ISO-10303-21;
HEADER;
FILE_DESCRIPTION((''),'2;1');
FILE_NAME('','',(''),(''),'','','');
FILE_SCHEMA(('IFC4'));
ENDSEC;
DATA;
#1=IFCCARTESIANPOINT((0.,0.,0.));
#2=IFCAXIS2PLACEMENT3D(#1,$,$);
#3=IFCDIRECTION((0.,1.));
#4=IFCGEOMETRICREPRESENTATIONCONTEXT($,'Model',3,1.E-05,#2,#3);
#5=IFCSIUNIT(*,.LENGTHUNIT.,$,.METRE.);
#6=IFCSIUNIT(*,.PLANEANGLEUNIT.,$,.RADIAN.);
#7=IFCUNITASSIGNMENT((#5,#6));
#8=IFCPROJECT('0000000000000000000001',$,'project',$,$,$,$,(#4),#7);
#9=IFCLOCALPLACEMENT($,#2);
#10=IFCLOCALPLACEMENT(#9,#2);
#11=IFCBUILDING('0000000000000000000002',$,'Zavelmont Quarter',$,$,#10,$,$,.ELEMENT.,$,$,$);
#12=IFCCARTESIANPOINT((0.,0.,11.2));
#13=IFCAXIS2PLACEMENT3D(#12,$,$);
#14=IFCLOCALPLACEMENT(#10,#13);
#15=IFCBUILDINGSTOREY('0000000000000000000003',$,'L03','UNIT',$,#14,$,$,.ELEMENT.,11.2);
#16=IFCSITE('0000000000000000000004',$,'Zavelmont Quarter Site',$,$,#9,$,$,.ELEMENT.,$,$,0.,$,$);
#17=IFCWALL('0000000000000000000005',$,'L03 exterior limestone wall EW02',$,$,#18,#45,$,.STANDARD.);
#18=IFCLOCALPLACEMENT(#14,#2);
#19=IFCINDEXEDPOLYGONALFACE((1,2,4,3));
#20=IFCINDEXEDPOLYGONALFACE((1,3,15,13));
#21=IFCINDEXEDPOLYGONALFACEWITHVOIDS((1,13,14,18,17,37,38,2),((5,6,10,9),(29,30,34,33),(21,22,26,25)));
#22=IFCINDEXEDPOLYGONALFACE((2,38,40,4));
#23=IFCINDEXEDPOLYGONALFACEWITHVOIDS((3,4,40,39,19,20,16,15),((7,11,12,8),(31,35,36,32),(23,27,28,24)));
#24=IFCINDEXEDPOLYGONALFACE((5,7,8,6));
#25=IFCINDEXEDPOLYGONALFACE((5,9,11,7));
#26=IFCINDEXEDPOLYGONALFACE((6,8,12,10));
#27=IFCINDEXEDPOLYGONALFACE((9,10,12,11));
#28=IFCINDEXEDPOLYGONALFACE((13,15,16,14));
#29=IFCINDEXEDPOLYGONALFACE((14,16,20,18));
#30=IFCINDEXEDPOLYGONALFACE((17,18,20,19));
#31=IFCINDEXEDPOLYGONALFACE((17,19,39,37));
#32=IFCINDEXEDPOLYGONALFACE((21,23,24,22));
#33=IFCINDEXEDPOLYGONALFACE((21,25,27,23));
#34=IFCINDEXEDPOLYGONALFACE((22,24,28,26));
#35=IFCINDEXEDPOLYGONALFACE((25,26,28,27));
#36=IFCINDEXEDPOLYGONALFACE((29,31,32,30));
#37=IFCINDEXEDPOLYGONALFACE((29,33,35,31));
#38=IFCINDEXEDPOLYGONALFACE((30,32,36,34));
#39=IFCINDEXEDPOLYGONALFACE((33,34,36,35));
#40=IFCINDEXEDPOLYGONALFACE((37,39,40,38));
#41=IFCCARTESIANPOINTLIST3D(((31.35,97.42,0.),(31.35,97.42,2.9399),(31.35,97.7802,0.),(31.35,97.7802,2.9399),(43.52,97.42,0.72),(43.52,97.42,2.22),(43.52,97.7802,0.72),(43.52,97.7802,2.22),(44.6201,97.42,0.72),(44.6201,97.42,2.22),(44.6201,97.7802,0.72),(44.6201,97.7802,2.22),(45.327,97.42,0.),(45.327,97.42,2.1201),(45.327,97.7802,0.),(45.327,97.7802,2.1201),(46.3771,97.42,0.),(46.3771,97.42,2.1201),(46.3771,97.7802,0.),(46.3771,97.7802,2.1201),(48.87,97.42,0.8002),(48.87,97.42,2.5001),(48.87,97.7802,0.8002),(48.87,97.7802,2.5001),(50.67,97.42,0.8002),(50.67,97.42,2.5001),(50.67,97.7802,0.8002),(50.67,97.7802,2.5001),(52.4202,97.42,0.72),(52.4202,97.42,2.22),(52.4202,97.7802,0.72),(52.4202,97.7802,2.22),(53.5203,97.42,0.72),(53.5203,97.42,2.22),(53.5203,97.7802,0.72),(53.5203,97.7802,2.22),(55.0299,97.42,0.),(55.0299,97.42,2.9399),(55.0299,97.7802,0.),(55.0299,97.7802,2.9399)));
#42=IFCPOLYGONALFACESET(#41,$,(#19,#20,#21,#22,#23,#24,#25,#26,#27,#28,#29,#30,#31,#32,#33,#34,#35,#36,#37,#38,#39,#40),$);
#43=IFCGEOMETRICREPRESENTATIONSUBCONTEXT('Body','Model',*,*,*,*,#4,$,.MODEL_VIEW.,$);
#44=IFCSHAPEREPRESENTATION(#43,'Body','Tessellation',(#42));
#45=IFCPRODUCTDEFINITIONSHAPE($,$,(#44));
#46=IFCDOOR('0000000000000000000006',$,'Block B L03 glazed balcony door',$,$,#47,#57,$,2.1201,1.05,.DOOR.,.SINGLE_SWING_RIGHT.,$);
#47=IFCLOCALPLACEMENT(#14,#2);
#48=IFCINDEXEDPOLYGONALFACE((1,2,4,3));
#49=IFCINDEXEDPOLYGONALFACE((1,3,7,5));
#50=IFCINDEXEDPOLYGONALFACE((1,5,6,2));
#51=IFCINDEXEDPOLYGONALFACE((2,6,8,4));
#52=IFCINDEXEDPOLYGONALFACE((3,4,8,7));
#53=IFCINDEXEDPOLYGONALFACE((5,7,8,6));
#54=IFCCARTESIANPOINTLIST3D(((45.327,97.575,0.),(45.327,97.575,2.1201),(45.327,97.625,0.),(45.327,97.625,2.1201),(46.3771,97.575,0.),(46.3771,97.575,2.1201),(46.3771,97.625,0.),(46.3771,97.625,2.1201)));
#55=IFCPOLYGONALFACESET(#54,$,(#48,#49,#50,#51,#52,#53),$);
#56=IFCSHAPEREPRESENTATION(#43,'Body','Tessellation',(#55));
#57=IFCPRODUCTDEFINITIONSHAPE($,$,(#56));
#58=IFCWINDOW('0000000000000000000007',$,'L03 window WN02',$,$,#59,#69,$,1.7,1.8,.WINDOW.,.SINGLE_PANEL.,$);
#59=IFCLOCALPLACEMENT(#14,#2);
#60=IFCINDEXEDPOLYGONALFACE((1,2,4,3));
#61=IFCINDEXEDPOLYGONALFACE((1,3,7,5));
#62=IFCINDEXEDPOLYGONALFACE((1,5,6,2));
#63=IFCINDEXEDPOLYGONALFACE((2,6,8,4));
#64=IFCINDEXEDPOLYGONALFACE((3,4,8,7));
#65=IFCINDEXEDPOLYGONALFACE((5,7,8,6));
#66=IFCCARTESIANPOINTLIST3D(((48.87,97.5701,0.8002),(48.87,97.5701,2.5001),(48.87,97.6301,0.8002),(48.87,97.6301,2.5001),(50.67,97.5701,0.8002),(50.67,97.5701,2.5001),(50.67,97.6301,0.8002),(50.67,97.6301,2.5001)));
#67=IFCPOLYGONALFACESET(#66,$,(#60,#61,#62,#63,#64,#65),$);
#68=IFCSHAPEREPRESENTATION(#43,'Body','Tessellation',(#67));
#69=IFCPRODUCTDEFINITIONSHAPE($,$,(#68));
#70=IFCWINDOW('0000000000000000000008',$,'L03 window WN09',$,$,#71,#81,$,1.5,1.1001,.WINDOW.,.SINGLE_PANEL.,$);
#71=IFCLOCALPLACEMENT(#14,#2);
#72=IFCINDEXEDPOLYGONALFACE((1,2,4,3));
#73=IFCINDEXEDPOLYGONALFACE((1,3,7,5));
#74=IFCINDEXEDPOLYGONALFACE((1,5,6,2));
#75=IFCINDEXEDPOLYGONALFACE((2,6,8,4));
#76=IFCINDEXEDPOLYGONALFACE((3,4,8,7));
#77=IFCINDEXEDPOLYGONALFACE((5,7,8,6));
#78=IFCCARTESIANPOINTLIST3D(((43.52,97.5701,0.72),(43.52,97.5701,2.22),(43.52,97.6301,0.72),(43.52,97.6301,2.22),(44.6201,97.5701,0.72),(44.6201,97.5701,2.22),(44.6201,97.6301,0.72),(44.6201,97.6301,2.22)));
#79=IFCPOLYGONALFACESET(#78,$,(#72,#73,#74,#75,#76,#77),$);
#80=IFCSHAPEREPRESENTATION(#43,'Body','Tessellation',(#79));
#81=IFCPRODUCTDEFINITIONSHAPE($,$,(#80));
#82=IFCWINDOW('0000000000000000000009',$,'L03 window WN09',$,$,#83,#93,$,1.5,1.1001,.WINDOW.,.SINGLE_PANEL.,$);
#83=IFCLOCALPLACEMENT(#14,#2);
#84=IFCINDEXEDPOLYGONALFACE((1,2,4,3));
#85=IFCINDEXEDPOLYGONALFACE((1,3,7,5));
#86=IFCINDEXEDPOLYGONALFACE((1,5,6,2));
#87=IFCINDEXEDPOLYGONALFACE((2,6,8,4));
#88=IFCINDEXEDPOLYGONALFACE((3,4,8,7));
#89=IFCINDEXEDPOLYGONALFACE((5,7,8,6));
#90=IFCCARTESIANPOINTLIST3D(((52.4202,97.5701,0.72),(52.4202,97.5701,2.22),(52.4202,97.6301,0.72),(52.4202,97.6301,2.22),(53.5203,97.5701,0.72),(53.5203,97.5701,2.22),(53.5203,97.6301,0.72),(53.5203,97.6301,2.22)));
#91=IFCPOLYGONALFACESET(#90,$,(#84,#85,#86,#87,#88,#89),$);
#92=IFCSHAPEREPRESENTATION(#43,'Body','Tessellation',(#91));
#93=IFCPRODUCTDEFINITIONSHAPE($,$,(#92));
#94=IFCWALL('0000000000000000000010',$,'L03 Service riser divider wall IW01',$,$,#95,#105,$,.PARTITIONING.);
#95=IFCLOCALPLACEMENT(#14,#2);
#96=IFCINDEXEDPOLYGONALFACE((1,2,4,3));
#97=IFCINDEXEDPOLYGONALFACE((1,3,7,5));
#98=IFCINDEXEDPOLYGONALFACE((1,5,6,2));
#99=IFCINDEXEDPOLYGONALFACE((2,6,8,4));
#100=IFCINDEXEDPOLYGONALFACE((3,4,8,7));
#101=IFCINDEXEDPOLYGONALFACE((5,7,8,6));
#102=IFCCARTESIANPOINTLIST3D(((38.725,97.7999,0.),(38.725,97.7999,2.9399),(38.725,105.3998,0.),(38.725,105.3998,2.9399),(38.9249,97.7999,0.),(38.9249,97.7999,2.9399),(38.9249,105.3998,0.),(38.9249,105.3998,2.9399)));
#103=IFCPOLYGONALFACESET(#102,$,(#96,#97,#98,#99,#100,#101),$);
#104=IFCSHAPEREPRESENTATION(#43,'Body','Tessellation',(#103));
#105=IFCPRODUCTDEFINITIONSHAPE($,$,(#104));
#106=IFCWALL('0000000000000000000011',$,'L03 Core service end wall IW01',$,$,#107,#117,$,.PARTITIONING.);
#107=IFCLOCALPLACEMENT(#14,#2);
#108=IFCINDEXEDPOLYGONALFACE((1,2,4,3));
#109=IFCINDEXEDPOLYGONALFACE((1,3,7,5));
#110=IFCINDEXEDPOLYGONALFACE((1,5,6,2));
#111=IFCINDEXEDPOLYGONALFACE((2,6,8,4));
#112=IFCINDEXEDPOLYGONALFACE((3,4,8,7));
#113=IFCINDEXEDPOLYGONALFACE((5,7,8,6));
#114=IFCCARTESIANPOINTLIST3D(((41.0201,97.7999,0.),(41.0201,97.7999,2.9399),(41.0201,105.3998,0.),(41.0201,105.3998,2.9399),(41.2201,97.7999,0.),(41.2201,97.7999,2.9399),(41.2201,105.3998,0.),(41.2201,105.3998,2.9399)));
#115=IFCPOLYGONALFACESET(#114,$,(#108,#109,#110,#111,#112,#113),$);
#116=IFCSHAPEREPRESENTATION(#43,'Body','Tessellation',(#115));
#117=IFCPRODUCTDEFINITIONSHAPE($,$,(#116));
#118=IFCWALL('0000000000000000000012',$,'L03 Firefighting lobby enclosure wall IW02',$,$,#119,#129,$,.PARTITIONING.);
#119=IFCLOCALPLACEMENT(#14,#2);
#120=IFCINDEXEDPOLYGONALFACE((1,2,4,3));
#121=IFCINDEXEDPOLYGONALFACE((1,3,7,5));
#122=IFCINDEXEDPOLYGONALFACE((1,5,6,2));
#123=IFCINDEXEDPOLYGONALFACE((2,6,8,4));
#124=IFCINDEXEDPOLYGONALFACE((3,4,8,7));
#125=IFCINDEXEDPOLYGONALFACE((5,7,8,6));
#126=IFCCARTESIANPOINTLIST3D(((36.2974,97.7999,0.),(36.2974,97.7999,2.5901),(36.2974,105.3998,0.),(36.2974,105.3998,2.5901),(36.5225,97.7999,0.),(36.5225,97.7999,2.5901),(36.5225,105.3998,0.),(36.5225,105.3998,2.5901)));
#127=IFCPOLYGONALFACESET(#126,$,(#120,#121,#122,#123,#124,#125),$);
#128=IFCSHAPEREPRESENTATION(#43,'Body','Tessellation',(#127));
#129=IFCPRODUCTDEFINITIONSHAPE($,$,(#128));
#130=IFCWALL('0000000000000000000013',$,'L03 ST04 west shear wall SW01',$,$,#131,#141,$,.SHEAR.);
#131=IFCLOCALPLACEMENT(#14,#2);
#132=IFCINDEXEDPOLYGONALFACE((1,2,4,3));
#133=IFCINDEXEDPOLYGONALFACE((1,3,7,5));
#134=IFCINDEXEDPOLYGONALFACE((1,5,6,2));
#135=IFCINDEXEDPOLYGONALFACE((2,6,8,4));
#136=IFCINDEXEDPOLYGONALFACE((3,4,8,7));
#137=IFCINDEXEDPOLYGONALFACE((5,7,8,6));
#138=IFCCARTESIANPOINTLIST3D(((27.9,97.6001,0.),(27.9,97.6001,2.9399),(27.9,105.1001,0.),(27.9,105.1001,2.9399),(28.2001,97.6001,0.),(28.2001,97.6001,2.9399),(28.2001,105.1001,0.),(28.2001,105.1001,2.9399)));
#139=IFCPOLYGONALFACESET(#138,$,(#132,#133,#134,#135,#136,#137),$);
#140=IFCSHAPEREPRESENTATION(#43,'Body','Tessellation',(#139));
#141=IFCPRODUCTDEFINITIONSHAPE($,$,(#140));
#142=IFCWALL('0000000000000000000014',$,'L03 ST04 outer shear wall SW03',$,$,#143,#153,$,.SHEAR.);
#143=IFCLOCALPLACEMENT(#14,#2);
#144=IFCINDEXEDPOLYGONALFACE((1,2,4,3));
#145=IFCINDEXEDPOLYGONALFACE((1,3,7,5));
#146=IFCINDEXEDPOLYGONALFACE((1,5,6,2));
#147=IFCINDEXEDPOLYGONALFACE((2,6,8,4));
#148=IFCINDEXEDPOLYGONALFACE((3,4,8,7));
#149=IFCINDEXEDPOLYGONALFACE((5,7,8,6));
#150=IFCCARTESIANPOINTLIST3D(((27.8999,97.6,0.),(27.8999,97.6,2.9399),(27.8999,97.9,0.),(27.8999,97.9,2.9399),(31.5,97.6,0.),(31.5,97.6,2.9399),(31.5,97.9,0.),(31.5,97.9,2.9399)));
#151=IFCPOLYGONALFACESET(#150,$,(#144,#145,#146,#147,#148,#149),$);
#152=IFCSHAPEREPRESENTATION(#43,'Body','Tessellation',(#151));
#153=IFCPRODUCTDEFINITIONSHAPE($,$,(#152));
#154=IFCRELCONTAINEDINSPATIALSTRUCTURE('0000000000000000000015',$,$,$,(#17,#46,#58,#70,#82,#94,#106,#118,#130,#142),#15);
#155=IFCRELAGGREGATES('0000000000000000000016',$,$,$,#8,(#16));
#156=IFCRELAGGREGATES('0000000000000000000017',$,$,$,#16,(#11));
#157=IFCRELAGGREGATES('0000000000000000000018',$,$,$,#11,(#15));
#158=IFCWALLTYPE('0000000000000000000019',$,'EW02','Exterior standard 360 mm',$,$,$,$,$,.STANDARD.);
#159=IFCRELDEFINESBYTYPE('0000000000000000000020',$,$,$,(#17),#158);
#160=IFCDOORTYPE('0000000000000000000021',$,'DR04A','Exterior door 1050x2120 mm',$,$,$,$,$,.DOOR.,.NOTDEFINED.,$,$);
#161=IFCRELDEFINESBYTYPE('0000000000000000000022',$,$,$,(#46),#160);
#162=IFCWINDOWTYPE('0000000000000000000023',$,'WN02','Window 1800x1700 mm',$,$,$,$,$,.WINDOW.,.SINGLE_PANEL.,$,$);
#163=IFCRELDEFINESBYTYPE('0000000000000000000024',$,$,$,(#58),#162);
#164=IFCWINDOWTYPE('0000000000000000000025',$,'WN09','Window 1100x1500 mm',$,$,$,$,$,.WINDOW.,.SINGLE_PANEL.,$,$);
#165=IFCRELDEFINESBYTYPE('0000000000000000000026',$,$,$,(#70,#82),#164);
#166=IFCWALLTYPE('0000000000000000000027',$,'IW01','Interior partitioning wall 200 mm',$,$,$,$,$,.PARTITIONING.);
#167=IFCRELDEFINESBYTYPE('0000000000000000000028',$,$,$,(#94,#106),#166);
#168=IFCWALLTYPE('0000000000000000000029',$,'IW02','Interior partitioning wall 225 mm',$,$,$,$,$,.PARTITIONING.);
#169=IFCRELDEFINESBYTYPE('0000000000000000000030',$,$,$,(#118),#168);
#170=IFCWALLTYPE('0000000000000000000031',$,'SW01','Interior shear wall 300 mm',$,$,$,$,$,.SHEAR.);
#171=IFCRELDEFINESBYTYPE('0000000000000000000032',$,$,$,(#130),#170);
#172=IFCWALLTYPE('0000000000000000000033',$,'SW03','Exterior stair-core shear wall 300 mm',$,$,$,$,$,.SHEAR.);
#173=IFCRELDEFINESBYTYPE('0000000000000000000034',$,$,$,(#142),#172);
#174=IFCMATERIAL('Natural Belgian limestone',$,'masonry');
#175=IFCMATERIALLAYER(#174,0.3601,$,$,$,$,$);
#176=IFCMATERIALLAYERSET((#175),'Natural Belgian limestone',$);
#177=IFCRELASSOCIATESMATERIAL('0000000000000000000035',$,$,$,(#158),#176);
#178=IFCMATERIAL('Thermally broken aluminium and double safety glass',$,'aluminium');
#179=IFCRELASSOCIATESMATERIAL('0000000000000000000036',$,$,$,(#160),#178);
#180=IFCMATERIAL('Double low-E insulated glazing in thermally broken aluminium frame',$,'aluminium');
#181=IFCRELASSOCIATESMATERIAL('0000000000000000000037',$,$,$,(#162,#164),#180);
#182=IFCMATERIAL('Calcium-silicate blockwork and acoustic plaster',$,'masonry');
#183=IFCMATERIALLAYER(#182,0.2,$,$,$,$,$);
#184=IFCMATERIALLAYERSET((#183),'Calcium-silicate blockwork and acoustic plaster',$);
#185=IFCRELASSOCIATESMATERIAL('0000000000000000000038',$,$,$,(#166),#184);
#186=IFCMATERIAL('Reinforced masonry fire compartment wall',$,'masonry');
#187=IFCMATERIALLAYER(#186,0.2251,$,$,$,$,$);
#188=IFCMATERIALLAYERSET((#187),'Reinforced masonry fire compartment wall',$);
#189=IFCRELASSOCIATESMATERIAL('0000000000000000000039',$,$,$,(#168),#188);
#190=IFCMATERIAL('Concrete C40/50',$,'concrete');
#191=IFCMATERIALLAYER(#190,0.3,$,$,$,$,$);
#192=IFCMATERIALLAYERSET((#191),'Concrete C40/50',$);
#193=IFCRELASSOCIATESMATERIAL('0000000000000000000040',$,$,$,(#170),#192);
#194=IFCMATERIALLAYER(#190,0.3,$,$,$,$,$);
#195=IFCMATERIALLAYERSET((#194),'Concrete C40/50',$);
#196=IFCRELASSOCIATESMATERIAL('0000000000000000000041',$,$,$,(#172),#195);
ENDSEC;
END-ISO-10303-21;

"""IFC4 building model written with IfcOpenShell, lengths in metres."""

from ifc_helpers import new_model, si_unit, direction, frame, frame_2d, origin, origin_with_axes, place, context, subcontext, project, spatial, rectangle, extrude, material, layer, layer_set, type_object, element, fill, save


model = new_model("IFC4")

# Units and contexts
model_context = context("Model", 3, precision=1e-05, world=origin(), true_north=direction((0.0, 1.0)))
body_context = subcontext(model_context, "Body", "Model", "MODEL_VIEW")
ifc_project = project(units=[si_unit("LENGTHUNIT", "METRE"), si_unit("PLANEANGLEUNIT", "RADIAN")], contexts=[model_context])

# Site, building, storey
site_placement = place(None, origin())
site = spatial("IfcSite", under=ifc_project, at=site_placement, Name="Zavelmont Quarter Site", CompositionType="ELEMENT", RefElevation=0.0)
building_placement = place(site_placement, origin())
building = spatial("IfcBuilding", under=site, at=building_placement, Name="Zavelmont Quarter", CompositionType="ELEMENT")
storey_placement = place(building_placement, frame((0.0, 0.0, 11.2)))
storey = spatial("IfcBuildingStorey", under=building, at=storey_placement, Name="L03", Description="UNIT", CompositionType="ELEMENT", Elevation=11.2)

# Shared definitions
ifc_material_1 = material(Name="Concrete C40/50", Category="concrete")

# Wall, openings, door, windows
ifc_material_2 = material(Name="Natural Belgian limestone", Category="masonry")
ifc_layer_1 = layer(ifc_material_2, 0.3601)
ifc_layer_set_1 = layer_set([ifc_layer_1], Name="Natural Belgian limestone")
wall_type_1 = type_object("IfcWallType", Name="EW02", Description="Exterior standard 360 mm", PredefinedType="STANDARD", material=ifc_layer_set_1)
wall_1_placement = place(storey_placement, frame((31.3501, 97.6001, 0.0), z_axis=(0.0, 0.0, 1.0), x_axis=(1.0, 0.0, 0.0)))
wall_1 = element("IfcWall", 1, at=wall_1_placement, inside=storey, type_object=wall_type_1, Name="L03 exterior limestone wall EW02", PredefinedType="STANDARD", context=body_context, shape_type="SweptSolid", body=[
    extrude(rectangle(XDim=23.6799, YDim=0.3601, at=frame_2d((11.8398, 0.0))), origin(), (0.0, 0.0, 1.0), 2.9399),
])
opening_1_placement = place(wall_1_placement, frame((13.9771, 0.0, 0.0)))
opening_1 = element("IfcOpeningElement", 2, at=opening_1_placement, cuts=wall_1, PredefinedType="OPENING", context=body_context, shape_type="SweptSolid", body=[
    extrude(rectangle(XDim=1.05, YDim=2.1201, at=frame_2d((0.5249, 1.0601))), frame((0.0, 0.1919, 0.0), z_axis=(0.0, -1.0, 0.0), x_axis=(1.0, 0.0, 0.0)), (0.0, 0.0, 1.0), 0.384),
])
opening_2_placement = place(wall_1_placement, frame((12.1699, 0.0, 0.72)))
opening_2 = element("IfcOpeningElement", 3, at=opening_2_placement, cuts=wall_1, PredefinedType="OPENING", context=body_context, shape_type="SweptSolid", body=[
    extrude(rectangle(XDim=1.1001, YDim=1.5, at=frame_2d((0.55, 0.75))), frame((0.0, 0.1919, 0.0), z_axis=(0.0, -1.0, 0.0), x_axis=(1.0, 0.0, 0.0)), (0.0, 0.0, 1.0), 0.384),
])
opening_3_placement = place(wall_1_placement, frame((17.52, 0.0, 0.8)))
opening_3 = element("IfcOpeningElement", 4, at=opening_3_placement, cuts=wall_1, PredefinedType="OPENING", context=body_context, shape_type="SweptSolid", body=[
    extrude(rectangle(XDim=1.8, YDim=1.7, at=frame_2d((0.8999, 0.8501))), frame((0.0, 0.1919, 0.0), z_axis=(0.0, -1.0, 0.0), x_axis=(1.0, 0.0, 0.0)), (0.0, 0.0, 1.0), 0.384),
])
opening_4_placement = place(wall_1_placement, frame((21.0701, 0.0, 0.72)))
opening_4 = element("IfcOpeningElement", 5, at=opening_4_placement, cuts=wall_1, PredefinedType="OPENING", context=body_context, shape_type="SweptSolid", body=[
    extrude(rectangle(XDim=1.1001, YDim=1.5, at=frame_2d((0.55, 0.75))), frame((0.0, 0.1919, 0.0), z_axis=(0.0, -1.0, 0.0), x_axis=(1.0, 0.0, 0.0)), (0.0, 0.0, 1.0), 0.384),
])
ifc_material_3 = material(Name="Thermally broken aluminium and double safety glass", Category="aluminium")
door_type_1 = type_object("IfcDoorType", Name="DR04A", Description="Exterior door 1050x2120 mm", OperationType="NOTDEFINED", PredefinedType="DOOR", material=ifc_material_3)
door_1_placement = place(opening_1_placement, origin_with_axes())
door_1 = element("IfcDoor", 6, at=door_1_placement, inside=storey, type_object=door_type_1, Name="Block B L03 glazed balcony door", OperationType="SINGLE_SWING_RIGHT", OverallHeight=2.1201, OverallWidth=1.05, PredefinedType="DOOR", context=body_context, shape_type="SweptSolid", body=[
    extrude(rectangle(XDim=1.05, YDim=2.1201, at=frame_2d((0.5249, 1.0601))), frame((0.0, 0.0249, 0.0), z_axis=(0.0, -1.0, 0.0), x_axis=(1.0, 0.0, 0.0)), (0.0, 0.0, 1.0), 0.05),
])
fill(opening_1, door_1)
ifc_material_4 = material(Name="Double low-E insulated glazing in thermally broken aluminium frame", Category="aluminium")
window_type_1 = type_object("IfcWindowType", Name="WN02", Description="Window 1800x1700 mm", PartitioningType="SINGLE_PANEL", PredefinedType="WINDOW", material=ifc_material_4)
window_1_placement = place(opening_3_placement, origin_with_axes())
window_1 = element("IfcWindow", 7, at=window_1_placement, inside=storey, type_object=window_type_1, Name="L03 window WN02", OverallHeight=1.7, OverallWidth=1.8, PartitioningType="SINGLE_PANEL", PredefinedType="WINDOW", context=body_context, shape_type="SweptSolid", body=[
    extrude(rectangle(XDim=1.8, YDim=1.7, at=frame_2d((0.8999, 0.8501))), frame((0.0, 0.03, 0.0), z_axis=(0.0, -1.0, 0.0), x_axis=(1.0, 0.0, 0.0)), (0.0, 0.0, 1.0), 0.0601),
])
fill(opening_3, window_1)
window_type_2 = type_object("IfcWindowType", Name="WN09", Description="Window 1100x1500 mm", PartitioningType="SINGLE_PANEL", PredefinedType="WINDOW", material=ifc_material_4)
window_2_placement = place(opening_2_placement, origin_with_axes())
window_2 = element("IfcWindow", 8, at=window_2_placement, inside=storey, type_object=window_type_2, Name="L03 window WN09", OverallHeight=1.5, OverallWidth=1.1001, PartitioningType="SINGLE_PANEL", PredefinedType="WINDOW", context=body_context, shape_type="SweptSolid", body=[
    extrude(rectangle(XDim=1.1001, YDim=1.5, at=frame_2d((0.55, 0.75))), frame((0.0, 0.03, 0.0), z_axis=(0.0, -1.0, 0.0), x_axis=(1.0, 0.0, 0.0)), (0.0, 0.0, 1.0), 0.0601),
])
fill(opening_2, window_2)
window_3_placement = place(opening_4_placement, origin_with_axes())
window_3 = element("IfcWindow", 9, at=window_3_placement, inside=storey, type_object=window_type_2, Name="L03 window WN09", OverallHeight=1.5, OverallWidth=1.1001, PartitioningType="SINGLE_PANEL", PredefinedType="WINDOW", context=body_context, shape_type="SweptSolid", body=[
    extrude(rectangle(XDim=1.1001, YDim=1.5, at=frame_2d((0.55, 0.75))), frame((0.0, 0.03, 0.0), z_axis=(0.0, -1.0, 0.0), x_axis=(1.0, 0.0, 0.0)), (0.0, 0.0, 1.0), 0.0601),
])
fill(opening_4, window_3)

# Walls
ifc_material_5 = material(Name="Calcium-silicate blockwork and acoustic plaster", Category="masonry")
ifc_layer_2 = layer(ifc_material_5, 0.2)
ifc_layer_set_2 = layer_set([ifc_layer_2], Name="Calcium-silicate blockwork and acoustic plaster")
wall_type_2 = type_object("IfcWallType", Name="IW01", Description="Interior partitioning wall 200 mm", PredefinedType="PARTITIONING", material=ifc_layer_set_2)
for number, where, z_axis, x_axis, name in (
    (10, (38.825, 97.8, 0.0), (0.0, 0.0, 1.0), (0.0, 1.0, 0.0), "L03 Service riser divider wall IW01"),
    (11, (41.1201, 97.8, 0.0), (0.0, 0.0, 1.0), (0.0, 1.0, 0.0), "L03 Core service end wall IW01"),
):
    element("IfcWall", number, at=place(storey_placement, frame(where, z_axis=z_axis, x_axis=x_axis)), inside=storey, type_object=wall_type_2, Name=name, PredefinedType="PARTITIONING", context=body_context, shape_type="SweptSolid", body=[
        extrude(rectangle(XDim=7.5999, YDim=0.2, at=frame_2d((3.7998, 0.0))), origin(), (0.0, 0.0, 1.0), 2.9399),
    ])
ifc_material_6 = material(Name="Reinforced masonry fire compartment wall", Category="masonry")
ifc_layer_3 = layer(ifc_material_6, 0.2251)
ifc_layer_set_3 = layer_set([ifc_layer_3], Name="Reinforced masonry fire compartment wall")
wall_type_3 = type_object("IfcWallType", Name="IW02", Description="Interior partitioning wall 225 mm", PredefinedType="PARTITIONING", material=ifc_layer_set_3)
wall_2_placement = place(storey_placement, frame((36.4099, 97.8, 0.0), z_axis=(0.0, 0.0, 1.0), x_axis=(0.0, 1.0, 0.0)))
element("IfcWall", 12, at=wall_2_placement, inside=storey, type_object=wall_type_3, Name="L03 Firefighting lobby enclosure wall IW02", PredefinedType="PARTITIONING", context=body_context, shape_type="SweptSolid", body=[
    extrude(rectangle(XDim=7.5999, YDim=0.2251, at=frame_2d((3.7998, 0.0))), origin(), (0.0, 0.0, 1.0), 2.5901),
])
ifc_layer_4 = layer(ifc_material_1, 0.3)
ifc_layer_set_4 = layer_set([ifc_layer_4], Name="Concrete C40/50")
wall_type_4 = type_object("IfcWallType", Name="SW01", Description="Interior shear wall 300 mm", PredefinedType="SHEAR", material=ifc_layer_set_4)
wall_3_placement = place(storey_placement, frame((28.05, 97.6001, 0.0), z_axis=(0.0, 0.0, 1.0), x_axis=(0.0, 1.0, 0.0)))
element("IfcWall", 13, at=wall_3_placement, inside=storey, type_object=wall_type_4, Name="L03 ST04 west shear wall SW01", PredefinedType="SHEAR", context=body_context, shape_type="SweptSolid", body=[
    extrude(rectangle(XDim=7.5, YDim=0.3, at=frame_2d((3.75, 0.0))), origin(), (0.0, 0.0, 1.0), 2.9399),
])

# Wall
ifc_layer_5 = layer(ifc_material_1, 0.3)
ifc_layer_set_5 = layer_set([ifc_layer_5], Name="Concrete C40/50")
wall_type_5 = type_object("IfcWallType", Name="SW03", Description="Exterior stair-core shear wall 300 mm", PredefinedType="SHEAR", material=ifc_layer_set_5)
wall_4_placement = place(storey_placement, frame((27.8999, 97.75, 0.0), z_axis=(0.0, 0.0, 1.0), x_axis=(1.0, 0.0, 0.0)))
element("IfcWall", 14, at=wall_4_placement, inside=storey, type_object=wall_type_5, Name="L03 ST04 outer shear wall SW03", PredefinedType="SHEAR", context=body_context, shape_type="SweptSolid", body=[
    extrude(rectangle(XDim=3.6001, YDim=0.3, at=frame_2d((1.8, 0.0))), origin(), (0.0, 0.0, 1.0), 2.9399),
])

save(model, "model.ifc")
